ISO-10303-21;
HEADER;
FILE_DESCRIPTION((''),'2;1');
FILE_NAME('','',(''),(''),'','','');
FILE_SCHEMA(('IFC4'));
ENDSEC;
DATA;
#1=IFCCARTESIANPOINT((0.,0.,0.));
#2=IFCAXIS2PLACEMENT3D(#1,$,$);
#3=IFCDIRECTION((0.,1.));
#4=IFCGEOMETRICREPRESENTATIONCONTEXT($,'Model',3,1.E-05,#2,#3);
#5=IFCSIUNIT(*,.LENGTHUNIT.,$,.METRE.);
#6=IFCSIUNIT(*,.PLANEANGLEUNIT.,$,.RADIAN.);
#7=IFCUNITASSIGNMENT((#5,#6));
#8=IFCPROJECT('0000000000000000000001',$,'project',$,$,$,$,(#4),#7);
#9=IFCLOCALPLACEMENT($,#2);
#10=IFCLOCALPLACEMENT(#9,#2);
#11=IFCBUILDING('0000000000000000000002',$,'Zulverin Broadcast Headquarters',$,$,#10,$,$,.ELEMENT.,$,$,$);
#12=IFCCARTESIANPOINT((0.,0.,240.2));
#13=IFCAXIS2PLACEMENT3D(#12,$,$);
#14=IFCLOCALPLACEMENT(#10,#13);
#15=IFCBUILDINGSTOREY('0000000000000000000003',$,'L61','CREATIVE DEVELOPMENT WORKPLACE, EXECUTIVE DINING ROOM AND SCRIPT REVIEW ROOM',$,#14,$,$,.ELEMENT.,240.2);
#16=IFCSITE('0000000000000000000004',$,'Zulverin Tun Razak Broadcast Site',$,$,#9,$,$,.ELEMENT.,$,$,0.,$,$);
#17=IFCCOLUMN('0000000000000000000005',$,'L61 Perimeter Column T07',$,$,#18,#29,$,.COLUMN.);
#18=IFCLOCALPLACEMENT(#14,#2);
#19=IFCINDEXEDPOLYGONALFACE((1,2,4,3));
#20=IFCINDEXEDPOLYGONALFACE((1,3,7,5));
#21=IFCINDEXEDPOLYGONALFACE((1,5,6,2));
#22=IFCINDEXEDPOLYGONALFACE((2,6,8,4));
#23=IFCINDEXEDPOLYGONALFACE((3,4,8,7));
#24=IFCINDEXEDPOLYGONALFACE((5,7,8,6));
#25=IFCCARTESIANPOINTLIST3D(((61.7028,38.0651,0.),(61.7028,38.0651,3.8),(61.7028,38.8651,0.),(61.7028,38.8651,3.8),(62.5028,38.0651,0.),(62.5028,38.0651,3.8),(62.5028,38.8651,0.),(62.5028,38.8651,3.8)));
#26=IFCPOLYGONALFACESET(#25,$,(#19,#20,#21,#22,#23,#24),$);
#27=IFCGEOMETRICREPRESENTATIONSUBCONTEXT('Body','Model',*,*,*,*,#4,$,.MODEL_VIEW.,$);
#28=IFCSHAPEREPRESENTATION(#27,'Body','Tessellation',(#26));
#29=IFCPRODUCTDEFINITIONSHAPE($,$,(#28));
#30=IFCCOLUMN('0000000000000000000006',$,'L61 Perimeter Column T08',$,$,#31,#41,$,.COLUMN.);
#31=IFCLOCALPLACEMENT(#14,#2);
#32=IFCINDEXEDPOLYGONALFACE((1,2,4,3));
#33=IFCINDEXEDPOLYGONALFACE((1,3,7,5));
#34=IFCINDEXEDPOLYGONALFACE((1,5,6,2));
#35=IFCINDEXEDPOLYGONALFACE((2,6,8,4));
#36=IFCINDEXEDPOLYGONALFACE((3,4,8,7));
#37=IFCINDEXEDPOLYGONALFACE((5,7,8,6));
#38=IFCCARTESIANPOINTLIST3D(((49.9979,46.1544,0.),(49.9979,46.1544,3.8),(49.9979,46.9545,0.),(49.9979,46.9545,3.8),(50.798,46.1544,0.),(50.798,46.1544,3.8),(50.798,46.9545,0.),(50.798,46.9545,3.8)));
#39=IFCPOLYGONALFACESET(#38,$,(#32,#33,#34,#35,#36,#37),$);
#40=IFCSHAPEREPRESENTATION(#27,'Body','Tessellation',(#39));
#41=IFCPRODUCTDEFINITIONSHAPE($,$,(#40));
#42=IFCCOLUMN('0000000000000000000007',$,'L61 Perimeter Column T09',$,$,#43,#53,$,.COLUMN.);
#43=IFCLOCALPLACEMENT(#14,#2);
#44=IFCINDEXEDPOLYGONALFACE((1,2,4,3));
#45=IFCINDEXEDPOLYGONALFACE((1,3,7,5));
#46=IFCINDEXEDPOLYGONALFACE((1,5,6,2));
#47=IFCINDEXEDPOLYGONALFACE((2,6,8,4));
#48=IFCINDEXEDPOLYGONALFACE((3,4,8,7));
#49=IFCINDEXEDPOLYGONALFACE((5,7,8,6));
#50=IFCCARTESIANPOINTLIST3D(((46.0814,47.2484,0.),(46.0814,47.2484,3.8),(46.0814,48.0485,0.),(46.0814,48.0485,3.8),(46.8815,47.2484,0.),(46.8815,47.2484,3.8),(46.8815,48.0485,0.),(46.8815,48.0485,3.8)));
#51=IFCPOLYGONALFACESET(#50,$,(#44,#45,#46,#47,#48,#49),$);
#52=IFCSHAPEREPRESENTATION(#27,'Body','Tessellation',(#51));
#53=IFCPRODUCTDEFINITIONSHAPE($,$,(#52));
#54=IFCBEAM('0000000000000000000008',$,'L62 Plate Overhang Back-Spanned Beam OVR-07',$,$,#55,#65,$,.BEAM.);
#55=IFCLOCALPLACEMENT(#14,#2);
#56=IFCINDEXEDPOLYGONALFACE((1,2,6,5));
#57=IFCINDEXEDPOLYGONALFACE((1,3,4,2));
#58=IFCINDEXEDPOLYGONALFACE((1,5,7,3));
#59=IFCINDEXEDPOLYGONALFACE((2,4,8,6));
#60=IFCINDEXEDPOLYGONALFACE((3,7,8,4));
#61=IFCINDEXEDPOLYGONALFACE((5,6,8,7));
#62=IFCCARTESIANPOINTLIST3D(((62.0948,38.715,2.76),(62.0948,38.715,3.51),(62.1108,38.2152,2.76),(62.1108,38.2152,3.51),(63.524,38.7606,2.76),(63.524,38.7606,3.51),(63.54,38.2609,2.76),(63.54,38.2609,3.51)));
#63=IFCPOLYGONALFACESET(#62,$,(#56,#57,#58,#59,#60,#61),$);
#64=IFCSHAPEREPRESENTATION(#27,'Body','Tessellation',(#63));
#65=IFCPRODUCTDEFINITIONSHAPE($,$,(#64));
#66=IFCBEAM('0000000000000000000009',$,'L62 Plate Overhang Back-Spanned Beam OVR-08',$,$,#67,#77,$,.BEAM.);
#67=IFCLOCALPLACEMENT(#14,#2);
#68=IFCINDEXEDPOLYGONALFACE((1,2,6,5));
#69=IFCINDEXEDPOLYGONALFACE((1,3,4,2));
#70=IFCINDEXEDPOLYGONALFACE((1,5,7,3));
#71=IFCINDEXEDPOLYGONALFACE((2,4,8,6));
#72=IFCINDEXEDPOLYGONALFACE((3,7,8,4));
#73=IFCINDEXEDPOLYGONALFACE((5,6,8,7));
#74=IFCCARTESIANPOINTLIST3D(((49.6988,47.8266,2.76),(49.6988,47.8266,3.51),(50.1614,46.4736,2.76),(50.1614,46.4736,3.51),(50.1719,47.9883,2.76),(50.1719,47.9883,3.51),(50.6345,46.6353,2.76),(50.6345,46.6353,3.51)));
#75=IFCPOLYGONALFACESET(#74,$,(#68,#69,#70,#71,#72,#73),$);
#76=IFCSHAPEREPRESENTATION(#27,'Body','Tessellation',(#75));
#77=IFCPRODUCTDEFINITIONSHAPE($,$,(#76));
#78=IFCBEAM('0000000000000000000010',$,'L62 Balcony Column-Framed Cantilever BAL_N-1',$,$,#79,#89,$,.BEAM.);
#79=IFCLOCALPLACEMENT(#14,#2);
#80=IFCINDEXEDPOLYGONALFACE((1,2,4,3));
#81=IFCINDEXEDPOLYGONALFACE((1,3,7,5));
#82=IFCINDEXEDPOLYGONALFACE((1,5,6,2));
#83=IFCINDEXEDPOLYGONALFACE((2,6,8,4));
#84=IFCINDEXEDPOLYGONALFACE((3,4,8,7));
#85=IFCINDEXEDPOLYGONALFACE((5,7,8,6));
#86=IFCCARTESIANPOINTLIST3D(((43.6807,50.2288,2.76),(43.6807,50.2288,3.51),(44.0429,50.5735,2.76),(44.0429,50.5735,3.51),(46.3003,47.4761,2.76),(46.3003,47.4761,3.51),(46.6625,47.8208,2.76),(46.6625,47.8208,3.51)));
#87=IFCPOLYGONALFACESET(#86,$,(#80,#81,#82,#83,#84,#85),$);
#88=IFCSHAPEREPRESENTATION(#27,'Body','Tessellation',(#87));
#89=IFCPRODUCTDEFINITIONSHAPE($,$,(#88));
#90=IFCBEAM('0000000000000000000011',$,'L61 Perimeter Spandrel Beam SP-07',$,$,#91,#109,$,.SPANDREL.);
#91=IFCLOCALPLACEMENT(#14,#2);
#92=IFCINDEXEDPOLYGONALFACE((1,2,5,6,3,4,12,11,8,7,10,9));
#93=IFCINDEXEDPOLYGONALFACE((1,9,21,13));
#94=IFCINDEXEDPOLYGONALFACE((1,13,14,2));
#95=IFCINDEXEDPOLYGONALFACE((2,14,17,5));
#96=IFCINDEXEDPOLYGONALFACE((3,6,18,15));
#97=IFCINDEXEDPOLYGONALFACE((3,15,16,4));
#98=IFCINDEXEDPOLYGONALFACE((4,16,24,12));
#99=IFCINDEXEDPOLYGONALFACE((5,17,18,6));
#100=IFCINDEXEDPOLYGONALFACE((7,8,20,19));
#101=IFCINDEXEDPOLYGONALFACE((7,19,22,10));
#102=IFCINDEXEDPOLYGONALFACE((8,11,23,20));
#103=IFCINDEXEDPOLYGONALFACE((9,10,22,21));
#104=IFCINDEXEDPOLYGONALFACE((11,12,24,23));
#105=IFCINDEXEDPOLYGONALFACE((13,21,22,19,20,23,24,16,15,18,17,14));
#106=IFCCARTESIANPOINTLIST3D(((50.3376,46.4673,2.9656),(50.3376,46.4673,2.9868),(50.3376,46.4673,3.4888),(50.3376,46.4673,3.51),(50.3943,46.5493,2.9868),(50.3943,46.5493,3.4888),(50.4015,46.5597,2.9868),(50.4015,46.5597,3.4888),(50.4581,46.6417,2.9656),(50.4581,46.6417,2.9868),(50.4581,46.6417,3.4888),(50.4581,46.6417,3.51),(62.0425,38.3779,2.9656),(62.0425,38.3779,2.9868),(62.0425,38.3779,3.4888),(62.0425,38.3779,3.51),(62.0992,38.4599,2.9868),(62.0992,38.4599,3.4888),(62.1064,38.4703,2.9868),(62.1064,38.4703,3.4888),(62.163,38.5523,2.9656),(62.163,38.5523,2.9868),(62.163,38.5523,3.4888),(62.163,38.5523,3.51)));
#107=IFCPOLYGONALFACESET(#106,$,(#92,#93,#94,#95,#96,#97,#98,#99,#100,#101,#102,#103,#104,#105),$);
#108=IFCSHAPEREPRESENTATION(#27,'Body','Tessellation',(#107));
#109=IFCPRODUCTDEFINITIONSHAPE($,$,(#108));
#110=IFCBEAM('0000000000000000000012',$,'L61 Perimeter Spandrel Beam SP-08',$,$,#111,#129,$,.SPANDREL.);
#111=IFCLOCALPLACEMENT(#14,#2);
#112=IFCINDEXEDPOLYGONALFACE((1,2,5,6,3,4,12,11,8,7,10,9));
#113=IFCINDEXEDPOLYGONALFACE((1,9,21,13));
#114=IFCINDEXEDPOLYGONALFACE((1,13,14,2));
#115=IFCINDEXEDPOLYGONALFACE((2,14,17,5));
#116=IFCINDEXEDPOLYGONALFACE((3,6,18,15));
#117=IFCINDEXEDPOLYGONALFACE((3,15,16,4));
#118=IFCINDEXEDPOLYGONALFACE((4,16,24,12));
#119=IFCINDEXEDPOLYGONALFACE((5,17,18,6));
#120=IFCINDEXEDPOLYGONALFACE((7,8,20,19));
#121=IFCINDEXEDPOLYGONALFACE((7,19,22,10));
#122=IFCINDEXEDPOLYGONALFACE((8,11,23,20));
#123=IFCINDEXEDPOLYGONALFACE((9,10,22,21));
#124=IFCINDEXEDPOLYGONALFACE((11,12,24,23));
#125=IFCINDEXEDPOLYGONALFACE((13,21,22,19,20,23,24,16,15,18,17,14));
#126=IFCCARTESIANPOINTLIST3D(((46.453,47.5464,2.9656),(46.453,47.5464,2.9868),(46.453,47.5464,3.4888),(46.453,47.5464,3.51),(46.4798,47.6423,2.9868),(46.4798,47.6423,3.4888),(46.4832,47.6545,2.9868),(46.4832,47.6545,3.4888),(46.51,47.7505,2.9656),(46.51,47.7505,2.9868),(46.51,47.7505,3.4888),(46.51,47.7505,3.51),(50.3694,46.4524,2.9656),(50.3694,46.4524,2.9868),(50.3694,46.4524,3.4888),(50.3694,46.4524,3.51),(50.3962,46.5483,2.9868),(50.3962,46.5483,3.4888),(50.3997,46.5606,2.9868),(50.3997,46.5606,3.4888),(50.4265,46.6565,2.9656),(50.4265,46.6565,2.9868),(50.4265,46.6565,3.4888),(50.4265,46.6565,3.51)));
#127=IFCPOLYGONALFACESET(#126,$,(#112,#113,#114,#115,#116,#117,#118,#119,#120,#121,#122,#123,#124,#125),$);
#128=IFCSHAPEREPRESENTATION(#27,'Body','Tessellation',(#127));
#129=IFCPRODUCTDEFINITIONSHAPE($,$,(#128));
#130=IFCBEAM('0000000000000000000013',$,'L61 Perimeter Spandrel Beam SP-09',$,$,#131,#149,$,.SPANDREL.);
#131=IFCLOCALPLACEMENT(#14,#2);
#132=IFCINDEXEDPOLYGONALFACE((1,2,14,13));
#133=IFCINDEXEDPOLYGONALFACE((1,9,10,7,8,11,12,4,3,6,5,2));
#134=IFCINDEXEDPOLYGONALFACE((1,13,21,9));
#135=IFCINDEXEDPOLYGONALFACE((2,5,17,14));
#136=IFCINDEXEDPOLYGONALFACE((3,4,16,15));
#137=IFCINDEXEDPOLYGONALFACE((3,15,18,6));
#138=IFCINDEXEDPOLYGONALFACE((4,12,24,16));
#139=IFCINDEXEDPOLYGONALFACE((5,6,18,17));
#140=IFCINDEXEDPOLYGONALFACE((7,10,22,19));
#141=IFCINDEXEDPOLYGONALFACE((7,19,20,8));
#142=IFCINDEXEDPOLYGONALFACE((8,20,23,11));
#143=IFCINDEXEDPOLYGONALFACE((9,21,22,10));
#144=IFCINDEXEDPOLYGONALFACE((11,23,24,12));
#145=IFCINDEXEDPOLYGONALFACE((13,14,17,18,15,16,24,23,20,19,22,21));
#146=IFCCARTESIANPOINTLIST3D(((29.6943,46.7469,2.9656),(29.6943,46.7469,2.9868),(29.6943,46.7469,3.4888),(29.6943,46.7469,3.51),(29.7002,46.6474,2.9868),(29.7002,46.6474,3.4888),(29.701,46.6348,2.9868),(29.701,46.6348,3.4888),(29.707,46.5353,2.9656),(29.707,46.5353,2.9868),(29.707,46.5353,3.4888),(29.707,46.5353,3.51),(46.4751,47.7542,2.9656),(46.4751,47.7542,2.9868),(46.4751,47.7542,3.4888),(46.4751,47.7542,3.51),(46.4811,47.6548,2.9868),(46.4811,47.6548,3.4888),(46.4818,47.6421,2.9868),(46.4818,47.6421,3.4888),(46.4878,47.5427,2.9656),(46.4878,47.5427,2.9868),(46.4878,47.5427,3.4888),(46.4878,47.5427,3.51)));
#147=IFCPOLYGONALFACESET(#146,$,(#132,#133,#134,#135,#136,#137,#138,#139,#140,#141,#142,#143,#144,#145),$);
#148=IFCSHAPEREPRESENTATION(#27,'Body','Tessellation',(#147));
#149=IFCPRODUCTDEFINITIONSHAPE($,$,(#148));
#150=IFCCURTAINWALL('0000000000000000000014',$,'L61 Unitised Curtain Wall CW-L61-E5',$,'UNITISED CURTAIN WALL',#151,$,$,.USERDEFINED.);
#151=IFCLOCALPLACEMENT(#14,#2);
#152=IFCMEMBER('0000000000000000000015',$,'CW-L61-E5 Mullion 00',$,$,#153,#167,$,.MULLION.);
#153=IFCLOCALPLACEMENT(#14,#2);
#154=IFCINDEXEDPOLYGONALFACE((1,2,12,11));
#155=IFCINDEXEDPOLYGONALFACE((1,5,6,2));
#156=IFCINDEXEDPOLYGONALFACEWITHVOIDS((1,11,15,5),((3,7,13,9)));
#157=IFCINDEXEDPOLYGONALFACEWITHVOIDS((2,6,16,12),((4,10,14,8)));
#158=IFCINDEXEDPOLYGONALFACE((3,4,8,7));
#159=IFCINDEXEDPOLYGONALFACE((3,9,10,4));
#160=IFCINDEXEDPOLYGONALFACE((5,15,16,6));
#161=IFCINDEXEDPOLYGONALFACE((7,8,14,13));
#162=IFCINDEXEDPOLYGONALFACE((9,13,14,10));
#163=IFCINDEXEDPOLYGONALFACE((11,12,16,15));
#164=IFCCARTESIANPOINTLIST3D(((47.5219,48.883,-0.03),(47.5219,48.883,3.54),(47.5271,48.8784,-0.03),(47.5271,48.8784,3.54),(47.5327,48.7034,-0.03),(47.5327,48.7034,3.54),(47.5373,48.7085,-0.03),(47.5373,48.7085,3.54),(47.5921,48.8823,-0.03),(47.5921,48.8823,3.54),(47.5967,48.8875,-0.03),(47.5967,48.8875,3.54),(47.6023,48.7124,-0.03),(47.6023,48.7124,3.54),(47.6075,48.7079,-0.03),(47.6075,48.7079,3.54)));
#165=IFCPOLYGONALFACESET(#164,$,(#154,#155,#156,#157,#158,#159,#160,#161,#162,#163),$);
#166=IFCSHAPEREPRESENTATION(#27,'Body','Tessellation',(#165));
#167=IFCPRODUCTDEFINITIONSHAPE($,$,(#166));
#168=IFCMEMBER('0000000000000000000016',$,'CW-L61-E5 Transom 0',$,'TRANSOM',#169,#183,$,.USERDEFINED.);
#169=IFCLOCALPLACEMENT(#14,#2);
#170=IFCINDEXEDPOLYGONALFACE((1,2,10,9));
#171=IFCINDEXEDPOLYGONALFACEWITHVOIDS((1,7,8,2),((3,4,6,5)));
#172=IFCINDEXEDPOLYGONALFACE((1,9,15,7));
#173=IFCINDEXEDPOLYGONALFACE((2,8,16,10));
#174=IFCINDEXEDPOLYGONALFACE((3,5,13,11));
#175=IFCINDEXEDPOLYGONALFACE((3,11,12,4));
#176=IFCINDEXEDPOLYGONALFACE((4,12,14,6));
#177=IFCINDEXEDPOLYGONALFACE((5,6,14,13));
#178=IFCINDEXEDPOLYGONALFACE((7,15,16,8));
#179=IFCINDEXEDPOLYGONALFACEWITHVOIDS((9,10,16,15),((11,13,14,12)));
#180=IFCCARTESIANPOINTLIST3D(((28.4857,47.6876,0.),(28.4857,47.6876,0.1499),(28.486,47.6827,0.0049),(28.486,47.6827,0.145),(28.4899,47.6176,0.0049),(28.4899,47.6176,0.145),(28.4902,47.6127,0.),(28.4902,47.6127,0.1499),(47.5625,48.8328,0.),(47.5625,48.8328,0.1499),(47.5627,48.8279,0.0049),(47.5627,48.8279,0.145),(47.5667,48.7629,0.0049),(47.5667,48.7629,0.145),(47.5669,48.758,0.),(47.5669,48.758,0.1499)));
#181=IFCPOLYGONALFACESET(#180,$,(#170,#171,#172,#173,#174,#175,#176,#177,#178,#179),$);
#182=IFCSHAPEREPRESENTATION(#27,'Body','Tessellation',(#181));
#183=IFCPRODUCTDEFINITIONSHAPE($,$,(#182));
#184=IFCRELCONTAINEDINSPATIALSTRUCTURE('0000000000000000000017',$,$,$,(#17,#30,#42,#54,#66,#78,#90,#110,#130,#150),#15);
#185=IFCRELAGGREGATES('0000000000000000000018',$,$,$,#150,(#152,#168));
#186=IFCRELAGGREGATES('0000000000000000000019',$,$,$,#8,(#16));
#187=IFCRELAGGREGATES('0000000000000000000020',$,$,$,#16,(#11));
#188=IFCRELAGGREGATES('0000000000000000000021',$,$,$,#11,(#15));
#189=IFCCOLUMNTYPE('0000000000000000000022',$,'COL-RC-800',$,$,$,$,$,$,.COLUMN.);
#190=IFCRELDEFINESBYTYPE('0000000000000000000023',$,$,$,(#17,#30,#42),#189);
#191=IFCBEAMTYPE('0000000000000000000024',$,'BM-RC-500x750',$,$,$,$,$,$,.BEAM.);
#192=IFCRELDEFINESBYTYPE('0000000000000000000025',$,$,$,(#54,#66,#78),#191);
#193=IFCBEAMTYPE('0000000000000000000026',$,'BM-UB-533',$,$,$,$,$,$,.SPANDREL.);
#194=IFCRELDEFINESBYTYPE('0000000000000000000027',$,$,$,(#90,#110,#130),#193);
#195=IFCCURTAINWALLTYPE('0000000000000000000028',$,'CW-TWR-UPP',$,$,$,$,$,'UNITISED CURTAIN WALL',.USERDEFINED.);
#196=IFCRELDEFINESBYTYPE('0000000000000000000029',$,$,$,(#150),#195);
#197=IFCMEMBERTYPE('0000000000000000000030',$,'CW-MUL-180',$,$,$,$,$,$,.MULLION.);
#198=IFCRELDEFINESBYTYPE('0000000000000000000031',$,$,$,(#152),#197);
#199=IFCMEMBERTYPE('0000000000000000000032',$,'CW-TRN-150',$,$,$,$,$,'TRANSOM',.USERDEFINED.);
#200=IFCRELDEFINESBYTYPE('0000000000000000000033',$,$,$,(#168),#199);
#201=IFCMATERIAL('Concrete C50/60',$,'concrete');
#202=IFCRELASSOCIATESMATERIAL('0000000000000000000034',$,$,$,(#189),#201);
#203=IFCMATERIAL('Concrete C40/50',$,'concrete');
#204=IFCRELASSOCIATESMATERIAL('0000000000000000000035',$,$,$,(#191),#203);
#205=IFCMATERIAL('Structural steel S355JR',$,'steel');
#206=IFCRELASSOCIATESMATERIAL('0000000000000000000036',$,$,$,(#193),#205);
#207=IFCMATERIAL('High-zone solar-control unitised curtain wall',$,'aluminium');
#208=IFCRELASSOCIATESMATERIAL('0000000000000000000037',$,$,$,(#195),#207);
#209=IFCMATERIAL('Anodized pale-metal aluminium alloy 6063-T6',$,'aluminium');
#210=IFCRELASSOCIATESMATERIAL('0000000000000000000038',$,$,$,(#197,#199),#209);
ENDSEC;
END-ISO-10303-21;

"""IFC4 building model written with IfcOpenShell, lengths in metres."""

from ifc_helpers import new_model, si_unit, direction, frame, origin, origin_2d, place, context, subcontext, project, spatial, rectangle, hollow_rectangle, i_section, extrude, material, material_profile, profile_set, type_object, element, aggregate, save


model = new_model("IFC4")

# Units and contexts
model_context = context("Model", 3, precision=1e-05, world=origin(), true_north=direction((0.0, 1.0)))
body_context = subcontext(model_context, "Body", "Model", "MODEL_VIEW")
ifc_project = project(units=[si_unit("LENGTHUNIT", "METRE"), si_unit("PLANEANGLEUNIT", "RADIAN")], contexts=[model_context])

# Site, building, storey
site_placement = place(None, origin())
site = spatial("IfcSite", under=ifc_project, at=site_placement, Name="Zulverin Tun Razak Broadcast Site", CompositionType="ELEMENT", RefElevation=0.0)
building_placement = place(site_placement, origin())
building = spatial("IfcBuilding", under=site, at=building_placement, Name="Zulverin Broadcast Headquarters", CompositionType="ELEMENT")
storey_placement = place(building_placement, frame((0.0, 0.0, 240.2)))
storey = spatial("IfcBuildingStorey", under=building, at=storey_placement, Name="L61", Description="CREATIVE DEVELOPMENT WORKPLACE, EXECUTIVE DINING ROOM AND SCRIPT REVIEW ROOM", CompositionType="ELEMENT", Elevation=240.2)

# Columns
ifc_material_1 = material(Name="Concrete C50/60", Category="concrete")
ifc_material_profile_1 = material_profile(ifc_material_1, rectangle(XDim=0.8, YDim=0.8, at=origin_2d()), Name="Concrete C50/60", Category="concrete")
ifc_profile_set_1 = profile_set([ifc_material_profile_1], Name="Concrete C50/60")
column_type = type_object("IfcColumnType", Name="COL-RC-800", PredefinedType="COLUMN", material=ifc_profile_set_1)
for number, where, z_axis, x_axis, name in (
    (1, (62.1028, 38.4651, 0.0), (0.0, 0.0, 1.0), (1.0, 0.0, 0.0), "L61 Perimeter Column T07"),
    (2, (50.3979, 46.5544, 0.0), (0.0, 0.0, 1.0), (1.0, 0.0, 0.0), "L61 Perimeter Column T08"),
    (3, (46.4814, 47.6484, 0.0), (0.0, 0.0, 1.0), (1.0, 0.0, 0.0), "L61 Perimeter Column T09"),
):
    element("IfcColumn", number, at=place(storey_placement, frame(where, z_axis=z_axis, x_axis=x_axis)), inside=storey, type_object=column_type, Name=name, PredefinedType="COLUMN", context=body_context, shape_type="SweptSolid", body=[
        extrude(rectangle(XDim=0.8, YDim=0.8, at=origin_2d()), origin(), (0.0, 0.0, 1.0), 3.8),
    ])

# Beams
ifc_material_2 = material(Name="Concrete C40/50", Category="concrete")
ifc_material_profile_2 = material_profile(ifc_material_2, rectangle(XDim=0.5, YDim=0.75, at=origin_2d()), Name="Concrete C40/50", Category="concrete")
ifc_profile_set_2 = profile_set([ifc_material_profile_2], Name="Concrete C40/50")
beam_type_1 = type_object("IfcBeamType", Name="BM-RC-500x750", PredefinedType="BEAM", material=ifc_profile_set_2)
for number, where, z_axis, x_axis, name in (
    (4, (62.1028, 38.4651, 3.135), (0.99949, 0.031928, 0.0), (-0.031928, 0.99949, 0.0), "L62 Plate Overhang Back-Spanned Beam OVR-07"),
    (5, (50.3979, 46.5544, 3.135), (-0.323543, 0.946214, 0.0), (-0.946214, -0.323543, 0.0), "L62 Plate Overhang Back-Spanned Beam OVR-08"),
):
    element("IfcBeam", number, at=place(storey_placement, frame(where, z_axis=z_axis, x_axis=x_axis)), inside=storey, type_object=beam_type_1, Name=name, PredefinedType="BEAM", context=body_context, shape_type="SweptSolid", body=[
        extrude(rectangle(XDim=0.5, YDim=0.75, at=origin_2d()), origin(), (0.0, 0.0, 1.0), 1.4299),
    ])
beam_1_placement = place(storey_placement, frame((46.4814, 47.6484, 3.135), z_axis=(-0.689382, 0.724398, 0.0), x_axis=(-0.724398, -0.689382, 0.0)))
element("IfcBeam", 6, at=beam_1_placement, inside=storey, type_object=beam_type_1, Name="L62 Balcony Column-Framed Cantilever BAL_N-1", PredefinedType="BEAM", context=body_context, shape_type="SweptSolid", body=[
    extrude(rectangle(XDim=0.5, YDim=0.75, at=origin_2d()), origin(), (0.0, 0.0, 1.0), 3.8),
])
ifc_material_3 = material(Name="Structural steel S355JR", Category="steel")
ifc_material_profile_3 = material_profile(ifc_material_3, i_section(OverallWidth=0.2119, OverallDepth=0.5444, WebThickness=0.0127, FlangeThickness=0.0212, at=origin_2d()), Name="Structural steel S355JR", Category="steel")
ifc_profile_set_3 = profile_set([ifc_material_profile_3], Name="Structural steel S355JR")
beam_type_2 = type_object("IfcBeamType", Name="BM-UB-533", PredefinedType="SPANDREL", material=ifc_profile_set_3)
beam_2_placement = place(storey_placement, frame((62.1028, 38.4651, 3.2378), z_axis=(-0.822652, 0.568545, 0.0), x_axis=(-0.568545, -0.822652, 0.0)))
element("IfcBeam", 7, at=beam_2_placement, inside=storey, type_object=beam_type_2, Name="L61 Perimeter Spandrel Beam SP-07", PredefinedType="SPANDREL", context=body_context, shape_type="SweptSolid", body=[
    extrude(i_section(OverallWidth=0.2119, OverallDepth=0.5444, WebThickness=0.0127, FlangeThickness=0.0212, at=origin_2d()), origin(), (0.0, 0.0, 1.0), 14.2283),
])
beam_3_placement = place(storey_placement, frame((50.3979, 46.5544, 3.2378), z_axis=(-0.963132, 0.269031, 0.0), x_axis=(-0.269031, -0.963132, 0.0)))
element("IfcBeam", 8, at=beam_3_placement, inside=storey, type_object=beam_type_2, Name="L61 Perimeter Spandrel Beam SP-08", PredefinedType="SPANDREL", context=body_context, shape_type="SweptSolid", body=[
    extrude(i_section(OverallWidth=0.2119, OverallDepth=0.5444, WebThickness=0.0127, FlangeThickness=0.0212, at=origin_2d()), origin(), (0.0, 0.0, 1.0), 4.0664),
])
beam_4_placement = place(storey_placement, frame((46.4814, 47.6484, 3.2378), z_axis=(-0.998203, -0.059921, 0.0), x_axis=(0.059921, -0.998203, 0.0)))
element("IfcBeam", 9, at=beam_4_placement, inside=storey, type_object=beam_type_2, Name="L61 Perimeter Spandrel Beam SP-09", PredefinedType="SPANDREL", context=body_context, shape_type="SweptSolid", body=[
    extrude(i_section(OverallWidth=0.2119, OverallDepth=0.5444, WebThickness=0.0127, FlangeThickness=0.0212, at=origin_2d()), origin(), (0.0, 0.0, 1.0), 16.811),
])

# Curtain wall, members
ifc_material_4 = material(Name="High-zone solar-control unitised curtain wall", Category="aluminium")
curtain_wall_type = type_object("IfcCurtainWallType", Name="CW-TWR-UPP", ElementType="UNITISED CURTAIN WALL", PredefinedType="USERDEFINED", material=ifc_material_4)
curtain_wall_placement = place(storey_placement, origin())
curtain_wall = element("IfcCurtainWall", 10, at=curtain_wall_placement, inside=storey, type_object=curtain_wall_type, Name="L61 Unitised Curtain Wall CW-L61-E5", ObjectType="UNITISED CURTAIN WALL", PredefinedType="USERDEFINED")
ifc_material_5 = material(Name="Anodized pale-metal aluminium alloy 6063-T6", Category="aluminium")
ifc_material_profile_4 = material_profile(ifc_material_5, hollow_rectangle(XDim=0.075, YDim=0.1799, WallThickness=0.0049, at=origin_2d()), Name="Anodized pale-metal aluminium alloy 6063-T6", Category="aluminium")
ifc_profile_set_4 = profile_set([ifc_material_profile_4], Name="Anodized pale-metal aluminium alloy 6063-T6")
member_type_1 = type_object("IfcMemberType", Name="CW-MUL-180", PredefinedType="MULLION", material=ifc_profile_set_4)
member_1_placement = place(storey_placement, frame((47.5647, 48.7954, -0.03), z_axis=(0.0, 0.0, 1.0), x_axis=(-0.998203, -0.05993, 0.0)))
member_1 = element("IfcMember", 11, at=member_1_placement, type_object=member_type_1, Name="CW-L61-E5 Mullion 00", PredefinedType="MULLION", context=body_context, shape_type="SweptSolid", body=[
    extrude(hollow_rectangle(XDim=0.075, YDim=0.1799, WallThickness=0.0049, at=origin_2d()), origin(), (0.0, 0.0, 1.0), 3.5701),
])
ifc_material_profile_5 = material_profile(ifc_material_5, hollow_rectangle(XDim=0.075, YDim=0.1499, WallThickness=0.0049, at=origin_2d()), Name="Anodized pale-metal aluminium alloy 6063-T6", Category="aluminium")
ifc_profile_set_5 = profile_set([ifc_material_profile_5], Name="Anodized pale-metal aluminium alloy 6063-T6")
member_type_2 = type_object("IfcMemberType", Name="CW-TRN-150", ElementType="TRANSOM", PredefinedType="USERDEFINED", material=ifc_profile_set_5)
member_2_placement = place(storey_placement, frame((47.5647, 48.7954, 0.075), z_axis=(-0.998203, -0.059927, 0.0), x_axis=(0.059927, -0.998203, 0.0)))
member_2 = element("IfcMember", 12, at=member_2_placement, type_object=member_type_2, Name="CW-L61-E5 Transom 0", ObjectType="TRANSOM", PredefinedType="USERDEFINED", context=body_context, shape_type="SweptSolid", body=[
    extrude(hollow_rectangle(XDim=0.075, YDim=0.1499, WallThickness=0.0049, at=origin_2d()), origin(), (0.0, 0.0, 1.0), 19.1111),
])
aggregate(curtain_wall, [member_1, member_2])

save(model, "model.ifc")
